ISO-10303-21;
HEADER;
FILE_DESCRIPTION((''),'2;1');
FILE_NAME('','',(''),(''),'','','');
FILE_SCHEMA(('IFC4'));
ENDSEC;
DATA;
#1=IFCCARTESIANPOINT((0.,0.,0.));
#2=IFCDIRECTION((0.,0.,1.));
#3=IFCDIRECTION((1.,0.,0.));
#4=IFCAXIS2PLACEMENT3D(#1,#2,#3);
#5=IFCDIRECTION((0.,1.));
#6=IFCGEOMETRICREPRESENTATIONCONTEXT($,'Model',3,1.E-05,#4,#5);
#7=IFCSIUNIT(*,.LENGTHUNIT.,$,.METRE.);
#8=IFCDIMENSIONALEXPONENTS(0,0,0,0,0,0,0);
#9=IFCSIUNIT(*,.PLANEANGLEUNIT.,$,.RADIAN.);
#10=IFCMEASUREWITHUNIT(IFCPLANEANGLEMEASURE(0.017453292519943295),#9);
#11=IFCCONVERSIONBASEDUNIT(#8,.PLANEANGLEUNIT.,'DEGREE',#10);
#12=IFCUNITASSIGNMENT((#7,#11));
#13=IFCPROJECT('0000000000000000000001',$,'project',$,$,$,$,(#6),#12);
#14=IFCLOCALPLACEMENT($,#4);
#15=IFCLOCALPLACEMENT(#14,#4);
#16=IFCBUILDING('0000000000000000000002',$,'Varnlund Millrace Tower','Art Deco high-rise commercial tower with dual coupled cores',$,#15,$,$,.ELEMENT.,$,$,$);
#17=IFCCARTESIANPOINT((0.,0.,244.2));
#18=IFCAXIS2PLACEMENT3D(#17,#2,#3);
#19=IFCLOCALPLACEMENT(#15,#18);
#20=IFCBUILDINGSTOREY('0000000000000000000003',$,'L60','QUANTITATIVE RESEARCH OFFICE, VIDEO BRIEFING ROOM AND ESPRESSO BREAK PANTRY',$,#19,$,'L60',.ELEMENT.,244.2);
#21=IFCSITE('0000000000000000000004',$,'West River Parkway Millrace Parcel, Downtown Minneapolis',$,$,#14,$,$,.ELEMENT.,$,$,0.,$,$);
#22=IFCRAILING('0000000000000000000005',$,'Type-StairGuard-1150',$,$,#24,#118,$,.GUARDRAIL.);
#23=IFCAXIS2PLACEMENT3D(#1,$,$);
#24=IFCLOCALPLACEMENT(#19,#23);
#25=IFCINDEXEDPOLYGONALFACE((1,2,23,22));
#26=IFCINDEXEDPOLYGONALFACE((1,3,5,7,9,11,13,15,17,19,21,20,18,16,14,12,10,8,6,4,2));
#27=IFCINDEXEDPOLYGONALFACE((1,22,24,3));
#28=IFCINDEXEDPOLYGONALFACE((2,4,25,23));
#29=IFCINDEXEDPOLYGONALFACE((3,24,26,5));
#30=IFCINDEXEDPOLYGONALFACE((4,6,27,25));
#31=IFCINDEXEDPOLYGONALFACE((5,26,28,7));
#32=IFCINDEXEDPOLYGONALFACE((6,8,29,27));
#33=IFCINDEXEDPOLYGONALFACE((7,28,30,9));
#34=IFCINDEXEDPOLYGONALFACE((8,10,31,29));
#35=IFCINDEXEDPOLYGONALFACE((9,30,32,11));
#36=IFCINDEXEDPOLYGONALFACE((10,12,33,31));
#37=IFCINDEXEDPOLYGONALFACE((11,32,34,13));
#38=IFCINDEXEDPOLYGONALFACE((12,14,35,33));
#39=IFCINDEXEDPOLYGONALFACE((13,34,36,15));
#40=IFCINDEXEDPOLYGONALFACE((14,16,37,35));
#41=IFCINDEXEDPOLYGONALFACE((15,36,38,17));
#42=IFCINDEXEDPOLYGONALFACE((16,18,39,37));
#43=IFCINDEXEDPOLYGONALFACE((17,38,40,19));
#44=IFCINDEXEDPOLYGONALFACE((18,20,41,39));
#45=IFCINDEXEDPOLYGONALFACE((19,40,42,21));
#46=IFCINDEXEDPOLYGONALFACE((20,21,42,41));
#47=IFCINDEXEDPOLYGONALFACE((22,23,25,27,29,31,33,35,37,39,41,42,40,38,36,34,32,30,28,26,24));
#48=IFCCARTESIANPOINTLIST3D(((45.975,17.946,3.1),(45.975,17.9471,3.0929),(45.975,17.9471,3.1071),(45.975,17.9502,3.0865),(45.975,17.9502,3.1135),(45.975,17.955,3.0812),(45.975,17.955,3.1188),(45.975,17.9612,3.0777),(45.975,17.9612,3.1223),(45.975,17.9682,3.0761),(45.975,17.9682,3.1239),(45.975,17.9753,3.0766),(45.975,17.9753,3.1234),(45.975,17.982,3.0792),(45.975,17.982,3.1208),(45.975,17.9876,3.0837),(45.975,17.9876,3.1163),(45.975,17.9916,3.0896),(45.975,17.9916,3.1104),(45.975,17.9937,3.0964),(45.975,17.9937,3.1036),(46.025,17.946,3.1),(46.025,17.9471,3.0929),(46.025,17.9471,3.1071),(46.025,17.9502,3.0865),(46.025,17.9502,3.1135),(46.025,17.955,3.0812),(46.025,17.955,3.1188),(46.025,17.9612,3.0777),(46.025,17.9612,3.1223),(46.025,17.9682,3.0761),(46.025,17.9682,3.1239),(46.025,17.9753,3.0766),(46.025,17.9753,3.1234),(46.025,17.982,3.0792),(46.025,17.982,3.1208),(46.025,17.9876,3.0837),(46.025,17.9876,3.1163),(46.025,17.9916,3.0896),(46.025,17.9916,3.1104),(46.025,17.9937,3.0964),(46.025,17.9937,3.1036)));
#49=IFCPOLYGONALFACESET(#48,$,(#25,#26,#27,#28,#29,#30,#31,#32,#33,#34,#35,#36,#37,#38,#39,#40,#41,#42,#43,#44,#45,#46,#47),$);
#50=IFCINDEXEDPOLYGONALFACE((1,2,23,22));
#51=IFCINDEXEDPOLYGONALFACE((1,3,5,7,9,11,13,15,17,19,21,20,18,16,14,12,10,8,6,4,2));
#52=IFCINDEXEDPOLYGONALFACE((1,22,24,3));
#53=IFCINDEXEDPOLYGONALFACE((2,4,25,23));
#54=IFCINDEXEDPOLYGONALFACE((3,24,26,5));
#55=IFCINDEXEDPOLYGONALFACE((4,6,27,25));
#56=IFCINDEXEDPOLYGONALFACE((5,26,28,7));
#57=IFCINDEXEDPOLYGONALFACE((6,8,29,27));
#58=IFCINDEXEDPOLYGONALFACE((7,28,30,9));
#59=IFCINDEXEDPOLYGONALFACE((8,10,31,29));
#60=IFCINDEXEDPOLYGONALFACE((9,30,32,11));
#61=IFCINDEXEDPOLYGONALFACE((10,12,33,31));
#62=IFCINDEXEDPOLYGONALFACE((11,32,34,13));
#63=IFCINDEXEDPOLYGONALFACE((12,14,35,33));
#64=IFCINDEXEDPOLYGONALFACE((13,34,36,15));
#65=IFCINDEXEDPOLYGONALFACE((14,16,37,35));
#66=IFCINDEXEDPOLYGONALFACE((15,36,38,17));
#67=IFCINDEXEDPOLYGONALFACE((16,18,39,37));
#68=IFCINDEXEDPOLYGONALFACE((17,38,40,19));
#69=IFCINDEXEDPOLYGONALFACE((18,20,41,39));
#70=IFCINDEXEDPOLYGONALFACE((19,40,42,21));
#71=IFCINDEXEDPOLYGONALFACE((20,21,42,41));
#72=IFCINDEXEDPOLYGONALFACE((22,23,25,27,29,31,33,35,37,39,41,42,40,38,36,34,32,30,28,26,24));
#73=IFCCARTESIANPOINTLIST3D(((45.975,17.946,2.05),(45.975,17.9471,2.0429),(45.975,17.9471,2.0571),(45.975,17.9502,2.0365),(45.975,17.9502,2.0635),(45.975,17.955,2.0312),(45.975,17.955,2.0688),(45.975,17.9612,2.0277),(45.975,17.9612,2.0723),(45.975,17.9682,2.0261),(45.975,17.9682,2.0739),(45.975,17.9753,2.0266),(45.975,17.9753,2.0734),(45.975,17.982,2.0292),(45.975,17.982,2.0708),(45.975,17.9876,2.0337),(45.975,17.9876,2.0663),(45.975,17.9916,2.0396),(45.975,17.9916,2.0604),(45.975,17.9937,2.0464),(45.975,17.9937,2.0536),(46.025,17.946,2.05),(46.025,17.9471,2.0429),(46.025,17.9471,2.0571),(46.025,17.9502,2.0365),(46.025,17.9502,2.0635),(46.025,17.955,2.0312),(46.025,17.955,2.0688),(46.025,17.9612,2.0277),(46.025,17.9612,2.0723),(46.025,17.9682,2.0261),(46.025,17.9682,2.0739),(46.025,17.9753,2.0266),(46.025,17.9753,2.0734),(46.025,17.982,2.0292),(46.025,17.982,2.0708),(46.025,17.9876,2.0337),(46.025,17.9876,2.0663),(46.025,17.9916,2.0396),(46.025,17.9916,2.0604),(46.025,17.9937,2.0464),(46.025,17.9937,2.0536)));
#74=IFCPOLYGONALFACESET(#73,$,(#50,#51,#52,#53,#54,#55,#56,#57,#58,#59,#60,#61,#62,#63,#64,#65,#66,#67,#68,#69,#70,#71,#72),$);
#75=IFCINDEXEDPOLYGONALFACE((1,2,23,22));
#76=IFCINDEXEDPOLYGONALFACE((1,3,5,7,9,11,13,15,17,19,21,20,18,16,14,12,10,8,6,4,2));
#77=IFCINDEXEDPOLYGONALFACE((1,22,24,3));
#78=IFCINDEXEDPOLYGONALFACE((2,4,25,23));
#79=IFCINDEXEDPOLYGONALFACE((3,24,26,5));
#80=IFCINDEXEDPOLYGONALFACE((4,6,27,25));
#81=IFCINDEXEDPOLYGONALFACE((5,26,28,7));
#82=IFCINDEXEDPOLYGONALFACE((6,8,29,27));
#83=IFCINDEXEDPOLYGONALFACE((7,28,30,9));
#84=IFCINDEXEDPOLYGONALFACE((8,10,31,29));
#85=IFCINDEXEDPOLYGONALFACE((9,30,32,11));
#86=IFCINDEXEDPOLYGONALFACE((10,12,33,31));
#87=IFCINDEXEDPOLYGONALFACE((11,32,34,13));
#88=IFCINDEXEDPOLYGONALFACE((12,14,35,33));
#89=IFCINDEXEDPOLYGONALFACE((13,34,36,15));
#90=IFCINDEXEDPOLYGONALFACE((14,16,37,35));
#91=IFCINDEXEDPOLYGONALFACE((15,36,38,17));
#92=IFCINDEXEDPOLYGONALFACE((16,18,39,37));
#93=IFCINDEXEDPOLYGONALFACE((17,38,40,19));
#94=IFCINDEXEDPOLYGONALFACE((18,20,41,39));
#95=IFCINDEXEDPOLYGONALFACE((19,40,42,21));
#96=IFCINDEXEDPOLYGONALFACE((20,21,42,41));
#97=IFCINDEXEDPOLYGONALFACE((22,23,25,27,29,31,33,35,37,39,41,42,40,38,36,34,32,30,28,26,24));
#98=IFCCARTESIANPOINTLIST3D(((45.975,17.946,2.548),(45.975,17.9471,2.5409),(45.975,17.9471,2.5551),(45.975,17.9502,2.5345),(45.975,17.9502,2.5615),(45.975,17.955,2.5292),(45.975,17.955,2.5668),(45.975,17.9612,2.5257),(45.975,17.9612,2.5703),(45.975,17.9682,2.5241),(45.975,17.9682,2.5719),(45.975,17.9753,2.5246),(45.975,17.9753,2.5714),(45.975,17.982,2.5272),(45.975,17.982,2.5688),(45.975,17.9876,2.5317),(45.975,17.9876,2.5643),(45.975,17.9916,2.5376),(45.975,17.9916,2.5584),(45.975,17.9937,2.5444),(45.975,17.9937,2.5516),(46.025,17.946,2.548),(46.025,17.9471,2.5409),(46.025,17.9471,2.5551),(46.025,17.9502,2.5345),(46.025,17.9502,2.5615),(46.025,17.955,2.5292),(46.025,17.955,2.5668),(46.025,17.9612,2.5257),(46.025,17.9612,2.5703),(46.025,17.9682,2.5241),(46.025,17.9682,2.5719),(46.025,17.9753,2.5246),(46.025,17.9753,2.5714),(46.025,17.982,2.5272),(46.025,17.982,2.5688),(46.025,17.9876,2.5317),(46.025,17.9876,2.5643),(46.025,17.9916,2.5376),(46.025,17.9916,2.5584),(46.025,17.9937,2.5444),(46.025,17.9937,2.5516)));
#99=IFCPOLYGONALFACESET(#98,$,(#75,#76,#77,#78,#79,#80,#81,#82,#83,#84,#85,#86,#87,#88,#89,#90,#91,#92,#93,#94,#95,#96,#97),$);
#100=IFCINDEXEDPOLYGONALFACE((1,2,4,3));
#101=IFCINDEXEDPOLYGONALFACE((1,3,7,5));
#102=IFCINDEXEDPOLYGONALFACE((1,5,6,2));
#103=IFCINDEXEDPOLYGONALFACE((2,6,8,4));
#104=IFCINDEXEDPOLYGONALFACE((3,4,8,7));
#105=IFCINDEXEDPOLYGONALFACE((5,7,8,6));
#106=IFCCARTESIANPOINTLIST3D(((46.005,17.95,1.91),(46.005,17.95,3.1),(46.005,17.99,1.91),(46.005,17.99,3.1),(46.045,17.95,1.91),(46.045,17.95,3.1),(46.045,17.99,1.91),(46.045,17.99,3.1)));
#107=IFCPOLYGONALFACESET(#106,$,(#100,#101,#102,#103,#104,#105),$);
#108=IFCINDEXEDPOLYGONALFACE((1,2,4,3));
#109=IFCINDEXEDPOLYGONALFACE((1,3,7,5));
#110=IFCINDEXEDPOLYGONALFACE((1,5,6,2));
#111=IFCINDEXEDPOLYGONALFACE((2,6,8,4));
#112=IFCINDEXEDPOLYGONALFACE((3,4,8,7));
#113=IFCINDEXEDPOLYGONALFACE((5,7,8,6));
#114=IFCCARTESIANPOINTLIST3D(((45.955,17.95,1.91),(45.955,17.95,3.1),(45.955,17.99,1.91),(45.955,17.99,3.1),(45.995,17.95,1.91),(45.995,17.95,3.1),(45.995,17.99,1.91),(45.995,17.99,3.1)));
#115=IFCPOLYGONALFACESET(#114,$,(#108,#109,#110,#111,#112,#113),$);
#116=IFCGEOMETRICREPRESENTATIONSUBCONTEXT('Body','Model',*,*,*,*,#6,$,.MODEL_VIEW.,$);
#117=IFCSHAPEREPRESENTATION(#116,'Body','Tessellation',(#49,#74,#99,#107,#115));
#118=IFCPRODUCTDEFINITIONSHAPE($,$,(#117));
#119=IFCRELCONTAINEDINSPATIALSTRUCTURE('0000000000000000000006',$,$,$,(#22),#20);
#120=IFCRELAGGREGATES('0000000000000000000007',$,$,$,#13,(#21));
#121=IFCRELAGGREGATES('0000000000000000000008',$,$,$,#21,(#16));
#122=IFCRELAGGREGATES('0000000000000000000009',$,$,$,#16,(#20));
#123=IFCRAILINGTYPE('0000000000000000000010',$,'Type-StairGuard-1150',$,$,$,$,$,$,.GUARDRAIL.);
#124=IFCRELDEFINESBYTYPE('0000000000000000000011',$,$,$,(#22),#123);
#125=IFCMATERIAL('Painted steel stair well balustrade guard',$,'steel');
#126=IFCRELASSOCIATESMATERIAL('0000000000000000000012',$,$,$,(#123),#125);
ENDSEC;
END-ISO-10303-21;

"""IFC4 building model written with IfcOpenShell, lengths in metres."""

from ifc_helpers import new_model, entity, si_unit, converted_unit, direction, frame, origin_with_axes, origin_2d_with_axis, place, context, subcontext, project, spatial, rectangle, circle, extrude, material, type_object, element, save


model = new_model("IFC4")

# Units and contexts
model_context = context("Model", 3, precision=1e-05, world=origin_with_axes(), true_north=direction((0.0, 1.0)))
body_context = subcontext(model_context, "Body", "Model", "MODEL_VIEW")
ifc_project = project(units=[si_unit("LENGTHUNIT", "METRE"), converted_unit("PLANEANGLEUNIT", "DEGREE", entity("IfcPlaneAngleMeasure", 0.017453292519943295), si_unit("PLANEANGLEUNIT", "RADIAN"), dimensions=[0, 0, 0, 0, 0, 0, 0])], contexts=[model_context])

# Site, building, storey
site_placement = place(None, origin_with_axes())
site = spatial("IfcSite", under=ifc_project, at=site_placement, Name="West River Parkway Millrace Parcel, Downtown Minneapolis", CompositionType="ELEMENT", RefElevation=0.0)
building_placement = place(site_placement, origin_with_axes())
building = spatial("IfcBuilding", under=site, at=building_placement, Name="Varnlund Millrace Tower", Description="Art Deco high-rise commercial tower with dual coupled cores", CompositionType="ELEMENT")
storey_placement = place(building_placement, frame((0.0, 0.0, 244.2), z_axis=(0.0, 0.0, 1.0), x_axis=(1.0, 0.0, 0.0)))
storey = spatial("IfcBuildingStorey", under=building, at=storey_placement, Name="L60", Description="QUANTITATIVE RESEARCH OFFICE, VIDEO BRIEFING ROOM AND ESPRESSO BREAK PANTRY", LongName="L60", CompositionType="ELEMENT", Elevation=244.2)

# Railing
ifc_material_1 = material(Name="Painted steel stair well balustrade guard", Category="steel")
railing_type_1 = type_object("IfcRailingType", Name="Type-StairGuard-1150", PredefinedType="GUARDRAIL", material=ifc_material_1)
railing_1_placement = place(storey_placement, frame((0.0, 0.0, -244.2), z_axis=(0.0, 0.0, 1.0), x_axis=(1.0, 0.0, 0.0)))
element("IfcRailing", 1, at=railing_1_placement, inside=storey, type_object=railing_type_1, Name="Type-StairGuard-1150", PredefinedType="GUARDRAIL", context=body_context, shape_type="SweptSolid", body=[
    extrude(circle(Radius=0.024, at=origin_2d_with_axis()), frame((46.025, 17.97, 247.3), z_axis=(-1.0, 0.0, 0.0), x_axis=(0.0, -1.0, 0.0)), (0.0, 0.0, 1.0), 0.05),
    extrude(circle(Radius=0.024, at=origin_2d_with_axis()), frame((46.025, 17.97, 246.25), z_axis=(-1.0, 0.0, 0.0), x_axis=(0.0, -1.0, 0.0)), (0.0, 0.0, 1.0), 0.05),
    extrude(circle(Radius=0.024, at=origin_2d_with_axis()), frame((46.025, 17.97, 246.748), z_axis=(-1.0, 0.0, 0.0), x_axis=(0.0, -1.0, 0.0)), (0.0, 0.0, 1.0), 0.05),
    extrude(rectangle(XDim=0.04, YDim=0.04, at=origin_2d_with_axis()), frame((46.025, 17.97, 246.11), z_axis=(0.0, 0.0, 1.0), x_axis=(1.0, 0.0, 0.0)), (0.0, 0.0, 1.0), 1.19),
    extrude(rectangle(XDim=0.04, YDim=0.04, at=origin_2d_with_axis()), frame((45.975, 17.97, 246.11), z_axis=(0.0, 0.0, 1.0), x_axis=(1.0, 0.0, 0.0)), (0.0, 0.0, 1.0), 1.19),
])

save(model, "model.ifc")
